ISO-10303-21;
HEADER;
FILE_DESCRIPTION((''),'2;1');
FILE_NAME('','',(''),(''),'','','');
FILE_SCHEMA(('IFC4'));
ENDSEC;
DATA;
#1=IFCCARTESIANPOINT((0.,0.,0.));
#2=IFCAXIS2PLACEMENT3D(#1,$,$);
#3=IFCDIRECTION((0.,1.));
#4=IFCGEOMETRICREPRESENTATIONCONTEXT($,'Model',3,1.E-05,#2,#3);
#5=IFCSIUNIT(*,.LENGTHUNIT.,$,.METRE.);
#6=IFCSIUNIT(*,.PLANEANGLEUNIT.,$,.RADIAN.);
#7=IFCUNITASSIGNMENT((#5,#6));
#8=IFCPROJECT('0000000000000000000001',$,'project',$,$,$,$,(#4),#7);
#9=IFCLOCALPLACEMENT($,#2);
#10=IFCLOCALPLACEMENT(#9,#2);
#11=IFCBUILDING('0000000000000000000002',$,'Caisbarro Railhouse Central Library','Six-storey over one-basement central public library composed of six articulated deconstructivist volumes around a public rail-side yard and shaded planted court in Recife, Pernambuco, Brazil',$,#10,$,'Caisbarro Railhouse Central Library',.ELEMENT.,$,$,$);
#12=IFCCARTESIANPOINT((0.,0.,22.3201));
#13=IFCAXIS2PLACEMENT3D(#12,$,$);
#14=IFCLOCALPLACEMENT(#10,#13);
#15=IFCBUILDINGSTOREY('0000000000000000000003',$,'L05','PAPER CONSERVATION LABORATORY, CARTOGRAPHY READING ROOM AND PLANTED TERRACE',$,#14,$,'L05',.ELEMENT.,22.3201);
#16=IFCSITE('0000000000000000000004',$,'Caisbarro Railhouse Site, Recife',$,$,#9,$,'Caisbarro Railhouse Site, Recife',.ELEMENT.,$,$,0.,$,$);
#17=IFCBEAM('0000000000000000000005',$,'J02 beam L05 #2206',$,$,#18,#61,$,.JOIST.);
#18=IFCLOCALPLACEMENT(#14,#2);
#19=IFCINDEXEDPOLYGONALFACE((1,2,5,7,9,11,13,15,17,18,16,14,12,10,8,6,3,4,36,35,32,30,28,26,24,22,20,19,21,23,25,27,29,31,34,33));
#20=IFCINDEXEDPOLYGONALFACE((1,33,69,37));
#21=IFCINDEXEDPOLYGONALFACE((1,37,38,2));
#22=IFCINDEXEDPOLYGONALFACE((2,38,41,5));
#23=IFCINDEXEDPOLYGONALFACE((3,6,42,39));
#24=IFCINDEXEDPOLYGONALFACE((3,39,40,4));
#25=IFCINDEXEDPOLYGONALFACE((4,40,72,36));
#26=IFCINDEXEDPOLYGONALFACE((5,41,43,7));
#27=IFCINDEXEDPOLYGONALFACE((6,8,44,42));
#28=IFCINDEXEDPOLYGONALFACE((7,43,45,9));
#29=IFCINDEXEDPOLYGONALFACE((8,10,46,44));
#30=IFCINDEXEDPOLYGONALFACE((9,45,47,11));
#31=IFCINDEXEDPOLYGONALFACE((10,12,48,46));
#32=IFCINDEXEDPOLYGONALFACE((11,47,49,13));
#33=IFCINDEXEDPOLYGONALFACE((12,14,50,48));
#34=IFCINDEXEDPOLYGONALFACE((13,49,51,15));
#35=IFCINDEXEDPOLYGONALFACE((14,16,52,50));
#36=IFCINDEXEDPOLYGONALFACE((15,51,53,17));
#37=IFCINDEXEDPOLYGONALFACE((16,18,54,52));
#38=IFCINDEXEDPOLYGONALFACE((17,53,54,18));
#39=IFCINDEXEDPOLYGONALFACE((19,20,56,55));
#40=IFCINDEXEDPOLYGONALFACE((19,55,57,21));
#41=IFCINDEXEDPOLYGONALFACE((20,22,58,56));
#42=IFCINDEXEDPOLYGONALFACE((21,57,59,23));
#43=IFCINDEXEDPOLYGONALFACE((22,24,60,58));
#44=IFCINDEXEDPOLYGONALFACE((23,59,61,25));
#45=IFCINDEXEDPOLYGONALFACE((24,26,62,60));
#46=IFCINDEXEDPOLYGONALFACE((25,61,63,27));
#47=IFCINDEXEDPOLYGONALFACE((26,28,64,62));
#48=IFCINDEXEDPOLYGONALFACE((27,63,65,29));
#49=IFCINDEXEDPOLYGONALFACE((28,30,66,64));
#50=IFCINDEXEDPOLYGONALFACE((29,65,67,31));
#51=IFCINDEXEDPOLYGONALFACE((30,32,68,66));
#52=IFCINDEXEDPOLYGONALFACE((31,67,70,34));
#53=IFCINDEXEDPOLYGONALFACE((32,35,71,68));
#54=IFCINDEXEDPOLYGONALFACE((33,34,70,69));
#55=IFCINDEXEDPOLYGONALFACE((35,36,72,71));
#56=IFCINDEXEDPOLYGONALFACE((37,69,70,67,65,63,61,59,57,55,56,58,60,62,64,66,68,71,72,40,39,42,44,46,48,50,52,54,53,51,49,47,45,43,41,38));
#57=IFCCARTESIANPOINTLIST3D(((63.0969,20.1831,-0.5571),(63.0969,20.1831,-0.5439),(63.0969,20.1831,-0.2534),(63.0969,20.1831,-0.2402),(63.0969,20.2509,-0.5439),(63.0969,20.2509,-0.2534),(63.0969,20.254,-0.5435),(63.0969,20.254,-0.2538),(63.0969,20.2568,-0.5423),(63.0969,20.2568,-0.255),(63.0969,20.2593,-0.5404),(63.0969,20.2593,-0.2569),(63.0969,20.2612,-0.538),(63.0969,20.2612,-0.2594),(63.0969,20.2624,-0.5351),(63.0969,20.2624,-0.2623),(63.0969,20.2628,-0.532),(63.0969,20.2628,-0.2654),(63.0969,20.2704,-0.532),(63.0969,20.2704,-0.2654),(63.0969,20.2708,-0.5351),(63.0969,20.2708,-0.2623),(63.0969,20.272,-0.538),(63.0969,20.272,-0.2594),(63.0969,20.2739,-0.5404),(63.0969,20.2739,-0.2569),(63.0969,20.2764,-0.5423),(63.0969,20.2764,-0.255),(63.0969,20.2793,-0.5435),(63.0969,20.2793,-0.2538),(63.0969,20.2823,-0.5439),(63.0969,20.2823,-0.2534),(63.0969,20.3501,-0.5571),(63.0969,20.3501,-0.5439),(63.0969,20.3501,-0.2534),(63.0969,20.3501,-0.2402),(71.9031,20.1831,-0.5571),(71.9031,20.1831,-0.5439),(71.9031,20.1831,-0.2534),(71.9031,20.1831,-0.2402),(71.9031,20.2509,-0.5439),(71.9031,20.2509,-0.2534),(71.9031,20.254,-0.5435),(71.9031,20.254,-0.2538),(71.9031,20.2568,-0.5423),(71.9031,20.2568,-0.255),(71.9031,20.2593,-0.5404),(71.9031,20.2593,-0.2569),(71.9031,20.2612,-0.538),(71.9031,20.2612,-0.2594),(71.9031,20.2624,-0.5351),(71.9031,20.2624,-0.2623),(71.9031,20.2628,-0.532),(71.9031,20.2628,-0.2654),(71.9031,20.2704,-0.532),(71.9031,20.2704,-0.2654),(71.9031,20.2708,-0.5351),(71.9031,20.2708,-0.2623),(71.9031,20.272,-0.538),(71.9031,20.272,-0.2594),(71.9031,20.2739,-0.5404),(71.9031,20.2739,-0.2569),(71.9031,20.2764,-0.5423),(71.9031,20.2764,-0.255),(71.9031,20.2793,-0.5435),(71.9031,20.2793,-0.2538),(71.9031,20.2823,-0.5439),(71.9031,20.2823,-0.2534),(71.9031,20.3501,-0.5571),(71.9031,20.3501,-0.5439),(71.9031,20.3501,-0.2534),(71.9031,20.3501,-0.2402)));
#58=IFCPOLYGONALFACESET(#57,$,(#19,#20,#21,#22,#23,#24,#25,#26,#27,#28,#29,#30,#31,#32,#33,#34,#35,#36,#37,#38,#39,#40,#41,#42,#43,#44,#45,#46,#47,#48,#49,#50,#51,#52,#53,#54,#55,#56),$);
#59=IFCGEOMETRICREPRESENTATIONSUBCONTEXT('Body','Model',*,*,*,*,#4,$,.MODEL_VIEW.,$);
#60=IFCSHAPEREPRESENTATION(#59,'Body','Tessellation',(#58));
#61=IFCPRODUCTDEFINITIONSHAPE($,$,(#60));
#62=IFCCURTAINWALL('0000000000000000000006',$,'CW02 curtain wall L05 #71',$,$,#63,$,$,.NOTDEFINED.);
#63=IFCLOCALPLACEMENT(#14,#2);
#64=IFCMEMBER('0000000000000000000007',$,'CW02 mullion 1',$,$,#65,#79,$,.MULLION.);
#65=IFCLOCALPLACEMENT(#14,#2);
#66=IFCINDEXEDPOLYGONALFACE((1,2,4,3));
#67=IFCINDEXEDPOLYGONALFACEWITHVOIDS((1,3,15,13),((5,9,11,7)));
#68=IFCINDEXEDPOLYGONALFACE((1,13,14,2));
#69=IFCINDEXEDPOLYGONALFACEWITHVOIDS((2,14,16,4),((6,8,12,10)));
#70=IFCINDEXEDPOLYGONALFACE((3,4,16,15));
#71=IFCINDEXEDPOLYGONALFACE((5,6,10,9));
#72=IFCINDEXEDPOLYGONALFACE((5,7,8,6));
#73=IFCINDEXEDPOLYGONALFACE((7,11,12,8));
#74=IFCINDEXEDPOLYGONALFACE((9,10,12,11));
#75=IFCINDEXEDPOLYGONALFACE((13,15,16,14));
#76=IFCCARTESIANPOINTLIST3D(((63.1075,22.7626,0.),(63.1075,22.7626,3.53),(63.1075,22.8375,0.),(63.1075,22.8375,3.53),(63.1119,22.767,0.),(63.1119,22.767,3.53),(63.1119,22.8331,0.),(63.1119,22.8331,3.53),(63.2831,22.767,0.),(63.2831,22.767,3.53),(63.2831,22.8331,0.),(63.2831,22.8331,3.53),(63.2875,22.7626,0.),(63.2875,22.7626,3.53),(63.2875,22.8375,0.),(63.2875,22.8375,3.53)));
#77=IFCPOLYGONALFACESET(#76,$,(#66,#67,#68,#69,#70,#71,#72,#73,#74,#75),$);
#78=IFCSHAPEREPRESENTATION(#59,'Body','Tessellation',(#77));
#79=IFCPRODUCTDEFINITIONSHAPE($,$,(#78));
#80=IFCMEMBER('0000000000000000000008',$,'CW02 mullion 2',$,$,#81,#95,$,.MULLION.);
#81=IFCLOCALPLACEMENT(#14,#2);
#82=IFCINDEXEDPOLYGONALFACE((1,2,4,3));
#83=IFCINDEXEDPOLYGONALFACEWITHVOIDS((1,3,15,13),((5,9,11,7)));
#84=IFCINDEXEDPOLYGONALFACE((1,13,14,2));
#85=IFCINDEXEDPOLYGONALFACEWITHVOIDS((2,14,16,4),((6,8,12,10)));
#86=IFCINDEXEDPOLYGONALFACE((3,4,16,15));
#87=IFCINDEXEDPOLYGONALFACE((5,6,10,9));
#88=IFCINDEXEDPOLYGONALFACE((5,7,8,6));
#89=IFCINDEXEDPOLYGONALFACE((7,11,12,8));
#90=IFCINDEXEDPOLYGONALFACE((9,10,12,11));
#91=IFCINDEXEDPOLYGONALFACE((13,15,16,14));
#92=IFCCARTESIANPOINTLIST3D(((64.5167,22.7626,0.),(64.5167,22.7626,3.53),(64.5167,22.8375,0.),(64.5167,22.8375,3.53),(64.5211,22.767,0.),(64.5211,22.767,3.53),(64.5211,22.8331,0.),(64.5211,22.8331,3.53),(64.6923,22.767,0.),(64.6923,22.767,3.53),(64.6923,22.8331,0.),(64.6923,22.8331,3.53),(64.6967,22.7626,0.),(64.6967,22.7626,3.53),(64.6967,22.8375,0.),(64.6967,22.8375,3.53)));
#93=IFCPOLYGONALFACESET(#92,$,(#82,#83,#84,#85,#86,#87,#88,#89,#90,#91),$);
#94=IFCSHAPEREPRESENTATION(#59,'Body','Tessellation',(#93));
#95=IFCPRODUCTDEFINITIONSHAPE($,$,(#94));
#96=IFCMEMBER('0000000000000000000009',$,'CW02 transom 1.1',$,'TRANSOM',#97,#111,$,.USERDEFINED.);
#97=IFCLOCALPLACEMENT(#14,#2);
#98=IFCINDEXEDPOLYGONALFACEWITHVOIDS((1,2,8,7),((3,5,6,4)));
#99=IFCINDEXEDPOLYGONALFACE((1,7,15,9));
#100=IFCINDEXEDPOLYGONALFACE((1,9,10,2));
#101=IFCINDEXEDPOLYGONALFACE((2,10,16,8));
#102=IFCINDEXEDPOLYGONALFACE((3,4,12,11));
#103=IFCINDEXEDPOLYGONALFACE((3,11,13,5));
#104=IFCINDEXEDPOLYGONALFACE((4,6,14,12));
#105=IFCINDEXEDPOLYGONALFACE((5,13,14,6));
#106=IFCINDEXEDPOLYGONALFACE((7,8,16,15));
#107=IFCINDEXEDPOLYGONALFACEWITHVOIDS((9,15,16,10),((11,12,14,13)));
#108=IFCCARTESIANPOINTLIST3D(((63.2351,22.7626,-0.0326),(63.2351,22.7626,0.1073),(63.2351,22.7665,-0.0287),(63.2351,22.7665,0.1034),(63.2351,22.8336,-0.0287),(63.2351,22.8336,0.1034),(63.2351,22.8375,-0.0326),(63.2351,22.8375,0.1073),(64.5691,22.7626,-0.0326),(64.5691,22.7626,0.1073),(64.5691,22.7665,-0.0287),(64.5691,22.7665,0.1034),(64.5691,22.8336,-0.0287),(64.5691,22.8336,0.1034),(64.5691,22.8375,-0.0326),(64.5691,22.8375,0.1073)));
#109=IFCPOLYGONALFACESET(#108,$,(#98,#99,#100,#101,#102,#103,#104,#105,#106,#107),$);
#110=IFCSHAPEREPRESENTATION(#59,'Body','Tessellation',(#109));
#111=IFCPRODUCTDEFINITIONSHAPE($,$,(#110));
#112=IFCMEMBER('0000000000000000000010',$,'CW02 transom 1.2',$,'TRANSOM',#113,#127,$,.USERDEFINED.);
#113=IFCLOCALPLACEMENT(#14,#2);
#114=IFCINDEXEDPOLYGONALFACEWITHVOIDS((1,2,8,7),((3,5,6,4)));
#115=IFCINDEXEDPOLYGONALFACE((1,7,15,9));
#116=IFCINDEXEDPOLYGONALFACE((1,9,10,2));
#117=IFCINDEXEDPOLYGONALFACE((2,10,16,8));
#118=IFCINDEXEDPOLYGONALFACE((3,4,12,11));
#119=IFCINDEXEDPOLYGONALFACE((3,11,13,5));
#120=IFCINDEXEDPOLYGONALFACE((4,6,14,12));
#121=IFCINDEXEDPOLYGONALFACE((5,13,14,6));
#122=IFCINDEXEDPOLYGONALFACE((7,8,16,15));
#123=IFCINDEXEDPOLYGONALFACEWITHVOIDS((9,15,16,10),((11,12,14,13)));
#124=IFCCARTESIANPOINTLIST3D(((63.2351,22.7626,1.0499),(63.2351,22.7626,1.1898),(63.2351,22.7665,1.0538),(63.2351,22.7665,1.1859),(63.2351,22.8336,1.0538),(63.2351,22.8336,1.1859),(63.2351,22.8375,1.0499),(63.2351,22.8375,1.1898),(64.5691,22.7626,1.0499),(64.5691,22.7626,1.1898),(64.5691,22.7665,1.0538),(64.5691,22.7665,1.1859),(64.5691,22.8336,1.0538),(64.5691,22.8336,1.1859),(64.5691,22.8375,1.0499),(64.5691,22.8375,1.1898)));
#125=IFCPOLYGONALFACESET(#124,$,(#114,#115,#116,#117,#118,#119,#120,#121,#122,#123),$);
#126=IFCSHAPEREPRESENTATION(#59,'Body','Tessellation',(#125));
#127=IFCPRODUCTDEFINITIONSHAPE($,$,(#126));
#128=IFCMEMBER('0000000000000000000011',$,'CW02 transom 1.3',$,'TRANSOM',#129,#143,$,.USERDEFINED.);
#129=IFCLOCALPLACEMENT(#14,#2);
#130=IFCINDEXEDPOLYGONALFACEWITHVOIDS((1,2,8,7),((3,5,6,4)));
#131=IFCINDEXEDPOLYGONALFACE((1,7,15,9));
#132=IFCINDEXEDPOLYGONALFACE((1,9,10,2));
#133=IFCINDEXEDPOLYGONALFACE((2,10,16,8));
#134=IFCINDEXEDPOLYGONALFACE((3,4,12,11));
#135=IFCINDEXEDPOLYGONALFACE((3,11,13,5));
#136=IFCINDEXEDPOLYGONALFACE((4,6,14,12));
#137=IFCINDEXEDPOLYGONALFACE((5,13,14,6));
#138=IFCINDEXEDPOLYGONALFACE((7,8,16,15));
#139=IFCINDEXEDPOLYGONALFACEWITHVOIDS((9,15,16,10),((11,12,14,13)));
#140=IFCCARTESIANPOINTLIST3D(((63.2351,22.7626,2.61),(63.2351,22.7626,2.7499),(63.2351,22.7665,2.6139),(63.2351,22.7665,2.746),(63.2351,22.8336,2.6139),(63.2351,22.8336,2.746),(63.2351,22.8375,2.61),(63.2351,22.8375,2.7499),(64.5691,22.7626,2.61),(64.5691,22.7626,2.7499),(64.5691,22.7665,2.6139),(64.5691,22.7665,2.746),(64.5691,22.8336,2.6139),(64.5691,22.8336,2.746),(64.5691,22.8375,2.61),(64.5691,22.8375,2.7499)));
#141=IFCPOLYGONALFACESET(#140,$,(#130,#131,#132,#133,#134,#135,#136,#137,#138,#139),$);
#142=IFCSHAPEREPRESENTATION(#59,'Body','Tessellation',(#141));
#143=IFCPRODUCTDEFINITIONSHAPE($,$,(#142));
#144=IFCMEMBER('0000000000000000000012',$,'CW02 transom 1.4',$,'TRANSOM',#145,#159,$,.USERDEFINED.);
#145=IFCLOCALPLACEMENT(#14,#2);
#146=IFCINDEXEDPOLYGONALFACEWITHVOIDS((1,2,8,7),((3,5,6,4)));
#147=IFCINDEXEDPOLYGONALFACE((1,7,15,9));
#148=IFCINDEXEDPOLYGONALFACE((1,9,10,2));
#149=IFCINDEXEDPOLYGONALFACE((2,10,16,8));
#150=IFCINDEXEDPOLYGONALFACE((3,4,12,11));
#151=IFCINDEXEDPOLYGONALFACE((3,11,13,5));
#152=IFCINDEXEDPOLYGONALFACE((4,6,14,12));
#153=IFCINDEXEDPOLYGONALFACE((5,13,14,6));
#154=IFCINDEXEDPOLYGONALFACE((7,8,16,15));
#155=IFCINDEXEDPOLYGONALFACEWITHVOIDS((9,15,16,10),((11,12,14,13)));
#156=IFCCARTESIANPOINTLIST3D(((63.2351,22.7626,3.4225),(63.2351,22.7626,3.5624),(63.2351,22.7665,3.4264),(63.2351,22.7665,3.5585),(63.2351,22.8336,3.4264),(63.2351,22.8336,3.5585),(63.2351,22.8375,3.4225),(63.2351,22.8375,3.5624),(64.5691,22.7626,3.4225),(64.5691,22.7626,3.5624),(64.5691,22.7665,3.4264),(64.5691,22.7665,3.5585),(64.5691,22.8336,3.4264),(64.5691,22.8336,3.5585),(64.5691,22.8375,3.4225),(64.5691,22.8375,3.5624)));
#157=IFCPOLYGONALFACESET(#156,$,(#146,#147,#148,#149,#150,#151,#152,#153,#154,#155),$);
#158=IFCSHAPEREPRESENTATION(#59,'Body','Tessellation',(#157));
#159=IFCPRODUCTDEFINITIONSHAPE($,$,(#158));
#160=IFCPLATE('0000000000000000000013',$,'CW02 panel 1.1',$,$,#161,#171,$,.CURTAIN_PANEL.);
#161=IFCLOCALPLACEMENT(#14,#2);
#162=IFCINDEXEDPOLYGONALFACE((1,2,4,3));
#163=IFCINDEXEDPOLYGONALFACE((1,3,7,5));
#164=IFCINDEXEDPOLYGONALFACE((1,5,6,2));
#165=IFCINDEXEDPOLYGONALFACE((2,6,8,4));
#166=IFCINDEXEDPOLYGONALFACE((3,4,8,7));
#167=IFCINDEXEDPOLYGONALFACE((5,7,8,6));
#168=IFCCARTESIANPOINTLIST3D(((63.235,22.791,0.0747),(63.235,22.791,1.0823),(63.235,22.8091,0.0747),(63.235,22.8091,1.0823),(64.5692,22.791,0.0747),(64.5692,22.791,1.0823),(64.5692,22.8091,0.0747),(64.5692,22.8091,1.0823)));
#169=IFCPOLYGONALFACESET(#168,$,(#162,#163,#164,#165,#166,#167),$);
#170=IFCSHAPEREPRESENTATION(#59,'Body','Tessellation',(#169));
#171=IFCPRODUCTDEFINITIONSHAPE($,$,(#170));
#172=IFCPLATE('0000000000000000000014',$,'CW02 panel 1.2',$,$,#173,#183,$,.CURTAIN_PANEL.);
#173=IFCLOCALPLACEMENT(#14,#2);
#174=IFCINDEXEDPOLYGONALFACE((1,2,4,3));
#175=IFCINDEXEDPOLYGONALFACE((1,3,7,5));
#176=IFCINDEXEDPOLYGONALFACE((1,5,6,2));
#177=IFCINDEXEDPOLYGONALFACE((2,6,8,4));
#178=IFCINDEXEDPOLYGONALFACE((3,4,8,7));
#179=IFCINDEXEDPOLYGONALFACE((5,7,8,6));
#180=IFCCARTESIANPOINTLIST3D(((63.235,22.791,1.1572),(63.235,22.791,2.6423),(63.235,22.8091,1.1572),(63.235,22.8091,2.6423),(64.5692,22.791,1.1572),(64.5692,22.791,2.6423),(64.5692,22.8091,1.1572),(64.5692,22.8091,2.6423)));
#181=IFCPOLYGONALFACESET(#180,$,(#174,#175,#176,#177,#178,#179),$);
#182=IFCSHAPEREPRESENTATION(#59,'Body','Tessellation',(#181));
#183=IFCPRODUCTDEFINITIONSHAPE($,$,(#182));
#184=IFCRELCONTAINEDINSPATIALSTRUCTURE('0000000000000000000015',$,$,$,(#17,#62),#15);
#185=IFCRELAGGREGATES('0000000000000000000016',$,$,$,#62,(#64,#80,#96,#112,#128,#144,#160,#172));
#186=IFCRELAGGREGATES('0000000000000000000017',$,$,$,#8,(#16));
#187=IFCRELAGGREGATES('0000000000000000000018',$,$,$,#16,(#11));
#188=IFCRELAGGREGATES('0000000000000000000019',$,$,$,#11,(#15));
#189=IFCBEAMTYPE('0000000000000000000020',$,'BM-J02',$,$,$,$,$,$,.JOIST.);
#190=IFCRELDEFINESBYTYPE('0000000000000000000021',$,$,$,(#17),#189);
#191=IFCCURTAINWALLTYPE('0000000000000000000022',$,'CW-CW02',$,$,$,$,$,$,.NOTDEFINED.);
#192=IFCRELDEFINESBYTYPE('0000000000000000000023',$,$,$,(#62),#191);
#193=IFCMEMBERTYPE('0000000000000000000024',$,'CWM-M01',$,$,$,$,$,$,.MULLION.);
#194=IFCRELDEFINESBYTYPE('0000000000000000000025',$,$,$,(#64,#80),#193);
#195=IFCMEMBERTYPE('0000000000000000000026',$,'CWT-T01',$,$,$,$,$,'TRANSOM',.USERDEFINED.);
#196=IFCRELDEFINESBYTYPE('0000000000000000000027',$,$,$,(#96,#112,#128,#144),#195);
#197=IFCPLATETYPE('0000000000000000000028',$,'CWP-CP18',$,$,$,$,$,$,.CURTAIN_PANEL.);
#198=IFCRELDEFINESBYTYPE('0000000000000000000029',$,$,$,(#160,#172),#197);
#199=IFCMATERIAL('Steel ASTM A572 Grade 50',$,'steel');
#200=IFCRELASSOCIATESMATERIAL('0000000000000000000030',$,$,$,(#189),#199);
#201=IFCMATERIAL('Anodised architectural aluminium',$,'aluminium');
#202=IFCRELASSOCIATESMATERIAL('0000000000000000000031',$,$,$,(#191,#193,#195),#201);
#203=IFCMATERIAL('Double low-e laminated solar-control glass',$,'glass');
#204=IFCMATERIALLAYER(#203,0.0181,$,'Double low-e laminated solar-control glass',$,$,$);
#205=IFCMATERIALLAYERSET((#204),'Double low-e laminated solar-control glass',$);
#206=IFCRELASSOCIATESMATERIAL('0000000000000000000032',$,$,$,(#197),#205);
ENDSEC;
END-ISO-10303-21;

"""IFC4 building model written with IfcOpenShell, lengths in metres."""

from ifc_helpers import new_model, si_unit, direction, frame, origin, origin_2d, place, context, subcontext, project, spatial, rectangle, hollow_rectangle, i_section, extrude, material, layer, layer_set, material_profile, profile_set, type_object, element, aggregate, save


model = new_model("IFC4")

# Units and contexts
model_context = context("Model", 3, precision=1e-05, world=origin(), true_north=direction((0.0, 1.0)))
body_context = subcontext(model_context, "Body", "Model", "MODEL_VIEW")
ifc_project = project(units=[si_unit("LENGTHUNIT", "METRE"), si_unit("PLANEANGLEUNIT", "RADIAN")], contexts=[model_context])

# Site, building, storey
site_placement = place(None, origin())
site = spatial("IfcSite", under=ifc_project, at=site_placement, Name="Caisbarro Railhouse Site, Recife", LongName="Caisbarro Railhouse Site, Recife", CompositionType="ELEMENT", RefElevation=0.0)
building_placement = place(site_placement, origin())
building = spatial("IfcBuilding", under=site, at=building_placement, Name="Caisbarro Railhouse Central Library", Description="Six-storey over one-basement central public library composed of six articulated deconstructivist volumes around a public rail-side yard and shaded planted court in Recife, Pernambuco, Brazil", LongName="Caisbarro Railhouse Central Library", CompositionType="ELEMENT")
storey_placement = place(building_placement, frame((0.0, 0.0, 22.3201)))
storey = spatial("IfcBuildingStorey", under=building, at=storey_placement, Name="L05", Description="PAPER CONSERVATION LABORATORY, CARTOGRAPHY READING ROOM AND PLANTED TERRACE", LongName="L05", CompositionType="ELEMENT", Elevation=22.3201)

# Beam
ifc_material_1 = material(Name="Steel ASTM A572 Grade 50", Category="steel")
ifc_material_profile_1 = material_profile(ifc_material_1, i_section(OverallWidth=0.167, OverallDepth=0.3169, WebThickness=0.0076, FlangeThickness=0.0132, FilletRadius=0.012, at=origin_2d()), Name="W310X52.0")
ifc_profile_set_1 = profile_set([ifc_material_profile_1], Name="Steel ASTM A572 Grade 50")
beam_type = type_object("IfcBeamType", Name="BM-J02", PredefinedType="JOIST", material=ifc_profile_set_1)
beam_placement = place(storey_placement, frame((63.0969, 20.2666, -0.3987), z_axis=(1.0, 0.0, 0.0), x_axis=(0.0, 1.0, 0.0)))
element("IfcBeam", 1, at=beam_placement, inside=storey, type_object=beam_type, Name="J02 beam L05 #2206", PredefinedType="JOIST", context=body_context, shape_type="SweptSolid", body=[
    extrude(i_section(OverallWidth=0.167, OverallDepth=0.3169, WebThickness=0.0076, FlangeThickness=0.0132, FilletRadius=0.012, at=origin_2d()), origin(), (0.0, 0.0, 1.0), 8.8062),
])

# Curtain wall, members, plates
ifc_material_2 = material(Name="Anodised architectural aluminium", Category="aluminium")
curtain_wall_type = type_object("IfcCurtainWallType", Name="CW-CW02", PredefinedType="NOTDEFINED", material=ifc_material_2)
curtain_wall_placement = place(storey_placement, origin())
curtain_wall = element("IfcCurtainWall", 2, at=curtain_wall_placement, inside=storey, type_object=curtain_wall_type, Name="CW02 curtain wall L05 #71", PredefinedType="NOTDEFINED")
ifc_material_profile_2 = material_profile(ifc_material_2, hollow_rectangle(XDim=0.075, YDim=0.1799, WallThickness=0.0044, at=origin_2d()), Name="ALU-MUL-75X180")
ifc_profile_set_2 = profile_set([ifc_material_profile_2], Name="Anodised architectural aluminium")
member_type_1 = type_object("IfcMemberType", Name="CWM-M01", PredefinedType="MULLION", material=ifc_profile_set_2)
member_1_placement = place(storey_placement, frame((63.1975, 22.8, 0.0), z_axis=(0.0, 0.0, 1.0), x_axis=(0.0, 1.0, 0.0)))
member_1 = element("IfcMember", 3, at=member_1_placement, type_object=member_type_1, Name="CW02 mullion 1", PredefinedType="MULLION", context=body_context, shape_type="SweptSolid", body=[
    extrude(hollow_rectangle(XDim=0.075, YDim=0.1799, WallThickness=0.0044, at=origin_2d()), origin(), (0.0, 0.0, 1.0), 3.53),
])
member_2_placement = place(storey_placement, frame((64.6067, 22.8, 0.0), z_axis=(0.0, 0.0, 1.0), x_axis=(0.0, 1.0, 0.0)))
member_2 = element("IfcMember", 4, at=member_2_placement, type_object=member_type_1, Name="CW02 mullion 2", PredefinedType="MULLION", context=body_context, shape_type="SweptSolid", body=[
    extrude(hollow_rectangle(XDim=0.075, YDim=0.1799, WallThickness=0.0044, at=origin_2d()), origin(), (0.0, 0.0, 1.0), 3.53),
])
ifc_material_profile_3 = material_profile(ifc_material_2, hollow_rectangle(XDim=0.075, YDim=0.1399, WallThickness=0.0039, at=origin_2d()), Name="ALU-TRN-75X140")
ifc_profile_set_3 = profile_set([ifc_material_profile_3], Name="Anodised architectural aluminium")
member_type_2 = type_object("IfcMemberType", Name="CWT-T01", ElementType="TRANSOM", PredefinedType="USERDEFINED", material=ifc_profile_set_3)
member_3_placement = place(storey_placement, frame((63.2351, 22.8, 0.0374), z_axis=(1.0, 0.0, 0.0), x_axis=(0.0, 1.0, 0.0)))
member_3 = element("IfcMember", 5, at=member_3_placement, type_object=member_type_2, Name="CW02 transom 1.1", ObjectType="TRANSOM", PredefinedType="USERDEFINED", context=body_context, shape_type="SweptSolid", body=[
    extrude(hollow_rectangle(XDim=0.075, YDim=0.1399, WallThickness=0.0039, at=origin_2d()), origin(), (0.0, 0.0, 1.0), 1.334),
])
member_4_placement = place(storey_placement, frame((63.2351, 22.8, 1.1199), z_axis=(1.0, 0.0, 0.0), x_axis=(0.0, 1.0, 0.0)))
member_4 = element("IfcMember", 6, at=member_4_placement, type_object=member_type_2, Name="CW02 transom 1.2", ObjectType="TRANSOM", PredefinedType="USERDEFINED", context=body_context, shape_type="SweptSolid", body=[
    extrude(hollow_rectangle(XDim=0.075, YDim=0.1399, WallThickness=0.0039, at=origin_2d()), origin(), (0.0, 0.0, 1.0), 1.334),
])
member_5_placement = place(storey_placement, frame((63.2351, 22.8, 2.6799), z_axis=(1.0, 0.0, 0.0), x_axis=(0.0, 1.0, 0.0)))
member_5 = element("IfcMember", 7, at=member_5_placement, type_object=member_type_2, Name="CW02 transom 1.3", ObjectType="TRANSOM", PredefinedType="USERDEFINED", context=body_context, shape_type="SweptSolid", body=[
    extrude(hollow_rectangle(XDim=0.075, YDim=0.1399, WallThickness=0.0039, at=origin_2d()), origin(), (0.0, 0.0, 1.0), 1.334),
])
member_6_placement = place(storey_placement, frame((63.2351, 22.8, 3.4924), z_axis=(1.0, 0.0, 0.0), x_axis=(0.0, 1.0, 0.0)))
member_6 = element("IfcMember", 8, at=member_6_placement, type_object=member_type_2, Name="CW02 transom 1.4", ObjectType="TRANSOM", PredefinedType="USERDEFINED", context=body_context, shape_type="SweptSolid", body=[
    extrude(hollow_rectangle(XDim=0.075, YDim=0.1399, WallThickness=0.0039, at=origin_2d()), origin(), (0.0, 0.0, 1.0), 1.334),
])
ifc_material_3 = material(Name="Double low-e laminated solar-control glass", Category="glass")
ifc_layer_1 = layer(ifc_material_3, 0.0181, Name="Double low-e laminated solar-control glass")
ifc_layer_set_1 = layer_set([ifc_layer_1], Name="Double low-e laminated solar-control glass")
plate_type = type_object("IfcPlateType", Name="CWP-CP18", PredefinedType="CURTAIN_PANEL", material=ifc_layer_set_1)
plate_1_placement = place(storey_placement, frame((63.9021, 22.8, 0.0747), z_axis=(0.0, 0.0, 1.0), x_axis=(1.0, 0.0, 0.0)))
plate_1 = element("IfcPlate", 9, at=plate_1_placement, type_object=plate_type, Name="CW02 panel 1.1", PredefinedType="CURTAIN_PANEL", context=body_context, shape_type="SweptSolid", body=[
    extrude(rectangle(XDim=1.3342, YDim=0.0181, at=origin_2d()), origin(), (0.0, 0.0, 1.0), 1.0076),
])
plate_2_placement = place(storey_placement, frame((63.9021, 22.8, 1.1572), z_axis=(0.0, 0.0, 1.0), x_axis=(1.0, 0.0, 0.0)))
plate_2 = element("IfcPlate", 10, at=plate_2_placement, type_object=plate_type, Name="CW02 panel 1.2", PredefinedType="CURTAIN_PANEL", context=body_context, shape_type="SweptSolid", body=[
    extrude(rectangle(XDim=1.3342, YDim=0.0181, at=origin_2d()), origin(), (0.0, 0.0, 1.0), 1.4851),
])
aggregate(curtain_wall, [member_1, member_2, member_3, member_4, member_5, member_6, plate_1, plate_2])

save(model, "model.ifc")
